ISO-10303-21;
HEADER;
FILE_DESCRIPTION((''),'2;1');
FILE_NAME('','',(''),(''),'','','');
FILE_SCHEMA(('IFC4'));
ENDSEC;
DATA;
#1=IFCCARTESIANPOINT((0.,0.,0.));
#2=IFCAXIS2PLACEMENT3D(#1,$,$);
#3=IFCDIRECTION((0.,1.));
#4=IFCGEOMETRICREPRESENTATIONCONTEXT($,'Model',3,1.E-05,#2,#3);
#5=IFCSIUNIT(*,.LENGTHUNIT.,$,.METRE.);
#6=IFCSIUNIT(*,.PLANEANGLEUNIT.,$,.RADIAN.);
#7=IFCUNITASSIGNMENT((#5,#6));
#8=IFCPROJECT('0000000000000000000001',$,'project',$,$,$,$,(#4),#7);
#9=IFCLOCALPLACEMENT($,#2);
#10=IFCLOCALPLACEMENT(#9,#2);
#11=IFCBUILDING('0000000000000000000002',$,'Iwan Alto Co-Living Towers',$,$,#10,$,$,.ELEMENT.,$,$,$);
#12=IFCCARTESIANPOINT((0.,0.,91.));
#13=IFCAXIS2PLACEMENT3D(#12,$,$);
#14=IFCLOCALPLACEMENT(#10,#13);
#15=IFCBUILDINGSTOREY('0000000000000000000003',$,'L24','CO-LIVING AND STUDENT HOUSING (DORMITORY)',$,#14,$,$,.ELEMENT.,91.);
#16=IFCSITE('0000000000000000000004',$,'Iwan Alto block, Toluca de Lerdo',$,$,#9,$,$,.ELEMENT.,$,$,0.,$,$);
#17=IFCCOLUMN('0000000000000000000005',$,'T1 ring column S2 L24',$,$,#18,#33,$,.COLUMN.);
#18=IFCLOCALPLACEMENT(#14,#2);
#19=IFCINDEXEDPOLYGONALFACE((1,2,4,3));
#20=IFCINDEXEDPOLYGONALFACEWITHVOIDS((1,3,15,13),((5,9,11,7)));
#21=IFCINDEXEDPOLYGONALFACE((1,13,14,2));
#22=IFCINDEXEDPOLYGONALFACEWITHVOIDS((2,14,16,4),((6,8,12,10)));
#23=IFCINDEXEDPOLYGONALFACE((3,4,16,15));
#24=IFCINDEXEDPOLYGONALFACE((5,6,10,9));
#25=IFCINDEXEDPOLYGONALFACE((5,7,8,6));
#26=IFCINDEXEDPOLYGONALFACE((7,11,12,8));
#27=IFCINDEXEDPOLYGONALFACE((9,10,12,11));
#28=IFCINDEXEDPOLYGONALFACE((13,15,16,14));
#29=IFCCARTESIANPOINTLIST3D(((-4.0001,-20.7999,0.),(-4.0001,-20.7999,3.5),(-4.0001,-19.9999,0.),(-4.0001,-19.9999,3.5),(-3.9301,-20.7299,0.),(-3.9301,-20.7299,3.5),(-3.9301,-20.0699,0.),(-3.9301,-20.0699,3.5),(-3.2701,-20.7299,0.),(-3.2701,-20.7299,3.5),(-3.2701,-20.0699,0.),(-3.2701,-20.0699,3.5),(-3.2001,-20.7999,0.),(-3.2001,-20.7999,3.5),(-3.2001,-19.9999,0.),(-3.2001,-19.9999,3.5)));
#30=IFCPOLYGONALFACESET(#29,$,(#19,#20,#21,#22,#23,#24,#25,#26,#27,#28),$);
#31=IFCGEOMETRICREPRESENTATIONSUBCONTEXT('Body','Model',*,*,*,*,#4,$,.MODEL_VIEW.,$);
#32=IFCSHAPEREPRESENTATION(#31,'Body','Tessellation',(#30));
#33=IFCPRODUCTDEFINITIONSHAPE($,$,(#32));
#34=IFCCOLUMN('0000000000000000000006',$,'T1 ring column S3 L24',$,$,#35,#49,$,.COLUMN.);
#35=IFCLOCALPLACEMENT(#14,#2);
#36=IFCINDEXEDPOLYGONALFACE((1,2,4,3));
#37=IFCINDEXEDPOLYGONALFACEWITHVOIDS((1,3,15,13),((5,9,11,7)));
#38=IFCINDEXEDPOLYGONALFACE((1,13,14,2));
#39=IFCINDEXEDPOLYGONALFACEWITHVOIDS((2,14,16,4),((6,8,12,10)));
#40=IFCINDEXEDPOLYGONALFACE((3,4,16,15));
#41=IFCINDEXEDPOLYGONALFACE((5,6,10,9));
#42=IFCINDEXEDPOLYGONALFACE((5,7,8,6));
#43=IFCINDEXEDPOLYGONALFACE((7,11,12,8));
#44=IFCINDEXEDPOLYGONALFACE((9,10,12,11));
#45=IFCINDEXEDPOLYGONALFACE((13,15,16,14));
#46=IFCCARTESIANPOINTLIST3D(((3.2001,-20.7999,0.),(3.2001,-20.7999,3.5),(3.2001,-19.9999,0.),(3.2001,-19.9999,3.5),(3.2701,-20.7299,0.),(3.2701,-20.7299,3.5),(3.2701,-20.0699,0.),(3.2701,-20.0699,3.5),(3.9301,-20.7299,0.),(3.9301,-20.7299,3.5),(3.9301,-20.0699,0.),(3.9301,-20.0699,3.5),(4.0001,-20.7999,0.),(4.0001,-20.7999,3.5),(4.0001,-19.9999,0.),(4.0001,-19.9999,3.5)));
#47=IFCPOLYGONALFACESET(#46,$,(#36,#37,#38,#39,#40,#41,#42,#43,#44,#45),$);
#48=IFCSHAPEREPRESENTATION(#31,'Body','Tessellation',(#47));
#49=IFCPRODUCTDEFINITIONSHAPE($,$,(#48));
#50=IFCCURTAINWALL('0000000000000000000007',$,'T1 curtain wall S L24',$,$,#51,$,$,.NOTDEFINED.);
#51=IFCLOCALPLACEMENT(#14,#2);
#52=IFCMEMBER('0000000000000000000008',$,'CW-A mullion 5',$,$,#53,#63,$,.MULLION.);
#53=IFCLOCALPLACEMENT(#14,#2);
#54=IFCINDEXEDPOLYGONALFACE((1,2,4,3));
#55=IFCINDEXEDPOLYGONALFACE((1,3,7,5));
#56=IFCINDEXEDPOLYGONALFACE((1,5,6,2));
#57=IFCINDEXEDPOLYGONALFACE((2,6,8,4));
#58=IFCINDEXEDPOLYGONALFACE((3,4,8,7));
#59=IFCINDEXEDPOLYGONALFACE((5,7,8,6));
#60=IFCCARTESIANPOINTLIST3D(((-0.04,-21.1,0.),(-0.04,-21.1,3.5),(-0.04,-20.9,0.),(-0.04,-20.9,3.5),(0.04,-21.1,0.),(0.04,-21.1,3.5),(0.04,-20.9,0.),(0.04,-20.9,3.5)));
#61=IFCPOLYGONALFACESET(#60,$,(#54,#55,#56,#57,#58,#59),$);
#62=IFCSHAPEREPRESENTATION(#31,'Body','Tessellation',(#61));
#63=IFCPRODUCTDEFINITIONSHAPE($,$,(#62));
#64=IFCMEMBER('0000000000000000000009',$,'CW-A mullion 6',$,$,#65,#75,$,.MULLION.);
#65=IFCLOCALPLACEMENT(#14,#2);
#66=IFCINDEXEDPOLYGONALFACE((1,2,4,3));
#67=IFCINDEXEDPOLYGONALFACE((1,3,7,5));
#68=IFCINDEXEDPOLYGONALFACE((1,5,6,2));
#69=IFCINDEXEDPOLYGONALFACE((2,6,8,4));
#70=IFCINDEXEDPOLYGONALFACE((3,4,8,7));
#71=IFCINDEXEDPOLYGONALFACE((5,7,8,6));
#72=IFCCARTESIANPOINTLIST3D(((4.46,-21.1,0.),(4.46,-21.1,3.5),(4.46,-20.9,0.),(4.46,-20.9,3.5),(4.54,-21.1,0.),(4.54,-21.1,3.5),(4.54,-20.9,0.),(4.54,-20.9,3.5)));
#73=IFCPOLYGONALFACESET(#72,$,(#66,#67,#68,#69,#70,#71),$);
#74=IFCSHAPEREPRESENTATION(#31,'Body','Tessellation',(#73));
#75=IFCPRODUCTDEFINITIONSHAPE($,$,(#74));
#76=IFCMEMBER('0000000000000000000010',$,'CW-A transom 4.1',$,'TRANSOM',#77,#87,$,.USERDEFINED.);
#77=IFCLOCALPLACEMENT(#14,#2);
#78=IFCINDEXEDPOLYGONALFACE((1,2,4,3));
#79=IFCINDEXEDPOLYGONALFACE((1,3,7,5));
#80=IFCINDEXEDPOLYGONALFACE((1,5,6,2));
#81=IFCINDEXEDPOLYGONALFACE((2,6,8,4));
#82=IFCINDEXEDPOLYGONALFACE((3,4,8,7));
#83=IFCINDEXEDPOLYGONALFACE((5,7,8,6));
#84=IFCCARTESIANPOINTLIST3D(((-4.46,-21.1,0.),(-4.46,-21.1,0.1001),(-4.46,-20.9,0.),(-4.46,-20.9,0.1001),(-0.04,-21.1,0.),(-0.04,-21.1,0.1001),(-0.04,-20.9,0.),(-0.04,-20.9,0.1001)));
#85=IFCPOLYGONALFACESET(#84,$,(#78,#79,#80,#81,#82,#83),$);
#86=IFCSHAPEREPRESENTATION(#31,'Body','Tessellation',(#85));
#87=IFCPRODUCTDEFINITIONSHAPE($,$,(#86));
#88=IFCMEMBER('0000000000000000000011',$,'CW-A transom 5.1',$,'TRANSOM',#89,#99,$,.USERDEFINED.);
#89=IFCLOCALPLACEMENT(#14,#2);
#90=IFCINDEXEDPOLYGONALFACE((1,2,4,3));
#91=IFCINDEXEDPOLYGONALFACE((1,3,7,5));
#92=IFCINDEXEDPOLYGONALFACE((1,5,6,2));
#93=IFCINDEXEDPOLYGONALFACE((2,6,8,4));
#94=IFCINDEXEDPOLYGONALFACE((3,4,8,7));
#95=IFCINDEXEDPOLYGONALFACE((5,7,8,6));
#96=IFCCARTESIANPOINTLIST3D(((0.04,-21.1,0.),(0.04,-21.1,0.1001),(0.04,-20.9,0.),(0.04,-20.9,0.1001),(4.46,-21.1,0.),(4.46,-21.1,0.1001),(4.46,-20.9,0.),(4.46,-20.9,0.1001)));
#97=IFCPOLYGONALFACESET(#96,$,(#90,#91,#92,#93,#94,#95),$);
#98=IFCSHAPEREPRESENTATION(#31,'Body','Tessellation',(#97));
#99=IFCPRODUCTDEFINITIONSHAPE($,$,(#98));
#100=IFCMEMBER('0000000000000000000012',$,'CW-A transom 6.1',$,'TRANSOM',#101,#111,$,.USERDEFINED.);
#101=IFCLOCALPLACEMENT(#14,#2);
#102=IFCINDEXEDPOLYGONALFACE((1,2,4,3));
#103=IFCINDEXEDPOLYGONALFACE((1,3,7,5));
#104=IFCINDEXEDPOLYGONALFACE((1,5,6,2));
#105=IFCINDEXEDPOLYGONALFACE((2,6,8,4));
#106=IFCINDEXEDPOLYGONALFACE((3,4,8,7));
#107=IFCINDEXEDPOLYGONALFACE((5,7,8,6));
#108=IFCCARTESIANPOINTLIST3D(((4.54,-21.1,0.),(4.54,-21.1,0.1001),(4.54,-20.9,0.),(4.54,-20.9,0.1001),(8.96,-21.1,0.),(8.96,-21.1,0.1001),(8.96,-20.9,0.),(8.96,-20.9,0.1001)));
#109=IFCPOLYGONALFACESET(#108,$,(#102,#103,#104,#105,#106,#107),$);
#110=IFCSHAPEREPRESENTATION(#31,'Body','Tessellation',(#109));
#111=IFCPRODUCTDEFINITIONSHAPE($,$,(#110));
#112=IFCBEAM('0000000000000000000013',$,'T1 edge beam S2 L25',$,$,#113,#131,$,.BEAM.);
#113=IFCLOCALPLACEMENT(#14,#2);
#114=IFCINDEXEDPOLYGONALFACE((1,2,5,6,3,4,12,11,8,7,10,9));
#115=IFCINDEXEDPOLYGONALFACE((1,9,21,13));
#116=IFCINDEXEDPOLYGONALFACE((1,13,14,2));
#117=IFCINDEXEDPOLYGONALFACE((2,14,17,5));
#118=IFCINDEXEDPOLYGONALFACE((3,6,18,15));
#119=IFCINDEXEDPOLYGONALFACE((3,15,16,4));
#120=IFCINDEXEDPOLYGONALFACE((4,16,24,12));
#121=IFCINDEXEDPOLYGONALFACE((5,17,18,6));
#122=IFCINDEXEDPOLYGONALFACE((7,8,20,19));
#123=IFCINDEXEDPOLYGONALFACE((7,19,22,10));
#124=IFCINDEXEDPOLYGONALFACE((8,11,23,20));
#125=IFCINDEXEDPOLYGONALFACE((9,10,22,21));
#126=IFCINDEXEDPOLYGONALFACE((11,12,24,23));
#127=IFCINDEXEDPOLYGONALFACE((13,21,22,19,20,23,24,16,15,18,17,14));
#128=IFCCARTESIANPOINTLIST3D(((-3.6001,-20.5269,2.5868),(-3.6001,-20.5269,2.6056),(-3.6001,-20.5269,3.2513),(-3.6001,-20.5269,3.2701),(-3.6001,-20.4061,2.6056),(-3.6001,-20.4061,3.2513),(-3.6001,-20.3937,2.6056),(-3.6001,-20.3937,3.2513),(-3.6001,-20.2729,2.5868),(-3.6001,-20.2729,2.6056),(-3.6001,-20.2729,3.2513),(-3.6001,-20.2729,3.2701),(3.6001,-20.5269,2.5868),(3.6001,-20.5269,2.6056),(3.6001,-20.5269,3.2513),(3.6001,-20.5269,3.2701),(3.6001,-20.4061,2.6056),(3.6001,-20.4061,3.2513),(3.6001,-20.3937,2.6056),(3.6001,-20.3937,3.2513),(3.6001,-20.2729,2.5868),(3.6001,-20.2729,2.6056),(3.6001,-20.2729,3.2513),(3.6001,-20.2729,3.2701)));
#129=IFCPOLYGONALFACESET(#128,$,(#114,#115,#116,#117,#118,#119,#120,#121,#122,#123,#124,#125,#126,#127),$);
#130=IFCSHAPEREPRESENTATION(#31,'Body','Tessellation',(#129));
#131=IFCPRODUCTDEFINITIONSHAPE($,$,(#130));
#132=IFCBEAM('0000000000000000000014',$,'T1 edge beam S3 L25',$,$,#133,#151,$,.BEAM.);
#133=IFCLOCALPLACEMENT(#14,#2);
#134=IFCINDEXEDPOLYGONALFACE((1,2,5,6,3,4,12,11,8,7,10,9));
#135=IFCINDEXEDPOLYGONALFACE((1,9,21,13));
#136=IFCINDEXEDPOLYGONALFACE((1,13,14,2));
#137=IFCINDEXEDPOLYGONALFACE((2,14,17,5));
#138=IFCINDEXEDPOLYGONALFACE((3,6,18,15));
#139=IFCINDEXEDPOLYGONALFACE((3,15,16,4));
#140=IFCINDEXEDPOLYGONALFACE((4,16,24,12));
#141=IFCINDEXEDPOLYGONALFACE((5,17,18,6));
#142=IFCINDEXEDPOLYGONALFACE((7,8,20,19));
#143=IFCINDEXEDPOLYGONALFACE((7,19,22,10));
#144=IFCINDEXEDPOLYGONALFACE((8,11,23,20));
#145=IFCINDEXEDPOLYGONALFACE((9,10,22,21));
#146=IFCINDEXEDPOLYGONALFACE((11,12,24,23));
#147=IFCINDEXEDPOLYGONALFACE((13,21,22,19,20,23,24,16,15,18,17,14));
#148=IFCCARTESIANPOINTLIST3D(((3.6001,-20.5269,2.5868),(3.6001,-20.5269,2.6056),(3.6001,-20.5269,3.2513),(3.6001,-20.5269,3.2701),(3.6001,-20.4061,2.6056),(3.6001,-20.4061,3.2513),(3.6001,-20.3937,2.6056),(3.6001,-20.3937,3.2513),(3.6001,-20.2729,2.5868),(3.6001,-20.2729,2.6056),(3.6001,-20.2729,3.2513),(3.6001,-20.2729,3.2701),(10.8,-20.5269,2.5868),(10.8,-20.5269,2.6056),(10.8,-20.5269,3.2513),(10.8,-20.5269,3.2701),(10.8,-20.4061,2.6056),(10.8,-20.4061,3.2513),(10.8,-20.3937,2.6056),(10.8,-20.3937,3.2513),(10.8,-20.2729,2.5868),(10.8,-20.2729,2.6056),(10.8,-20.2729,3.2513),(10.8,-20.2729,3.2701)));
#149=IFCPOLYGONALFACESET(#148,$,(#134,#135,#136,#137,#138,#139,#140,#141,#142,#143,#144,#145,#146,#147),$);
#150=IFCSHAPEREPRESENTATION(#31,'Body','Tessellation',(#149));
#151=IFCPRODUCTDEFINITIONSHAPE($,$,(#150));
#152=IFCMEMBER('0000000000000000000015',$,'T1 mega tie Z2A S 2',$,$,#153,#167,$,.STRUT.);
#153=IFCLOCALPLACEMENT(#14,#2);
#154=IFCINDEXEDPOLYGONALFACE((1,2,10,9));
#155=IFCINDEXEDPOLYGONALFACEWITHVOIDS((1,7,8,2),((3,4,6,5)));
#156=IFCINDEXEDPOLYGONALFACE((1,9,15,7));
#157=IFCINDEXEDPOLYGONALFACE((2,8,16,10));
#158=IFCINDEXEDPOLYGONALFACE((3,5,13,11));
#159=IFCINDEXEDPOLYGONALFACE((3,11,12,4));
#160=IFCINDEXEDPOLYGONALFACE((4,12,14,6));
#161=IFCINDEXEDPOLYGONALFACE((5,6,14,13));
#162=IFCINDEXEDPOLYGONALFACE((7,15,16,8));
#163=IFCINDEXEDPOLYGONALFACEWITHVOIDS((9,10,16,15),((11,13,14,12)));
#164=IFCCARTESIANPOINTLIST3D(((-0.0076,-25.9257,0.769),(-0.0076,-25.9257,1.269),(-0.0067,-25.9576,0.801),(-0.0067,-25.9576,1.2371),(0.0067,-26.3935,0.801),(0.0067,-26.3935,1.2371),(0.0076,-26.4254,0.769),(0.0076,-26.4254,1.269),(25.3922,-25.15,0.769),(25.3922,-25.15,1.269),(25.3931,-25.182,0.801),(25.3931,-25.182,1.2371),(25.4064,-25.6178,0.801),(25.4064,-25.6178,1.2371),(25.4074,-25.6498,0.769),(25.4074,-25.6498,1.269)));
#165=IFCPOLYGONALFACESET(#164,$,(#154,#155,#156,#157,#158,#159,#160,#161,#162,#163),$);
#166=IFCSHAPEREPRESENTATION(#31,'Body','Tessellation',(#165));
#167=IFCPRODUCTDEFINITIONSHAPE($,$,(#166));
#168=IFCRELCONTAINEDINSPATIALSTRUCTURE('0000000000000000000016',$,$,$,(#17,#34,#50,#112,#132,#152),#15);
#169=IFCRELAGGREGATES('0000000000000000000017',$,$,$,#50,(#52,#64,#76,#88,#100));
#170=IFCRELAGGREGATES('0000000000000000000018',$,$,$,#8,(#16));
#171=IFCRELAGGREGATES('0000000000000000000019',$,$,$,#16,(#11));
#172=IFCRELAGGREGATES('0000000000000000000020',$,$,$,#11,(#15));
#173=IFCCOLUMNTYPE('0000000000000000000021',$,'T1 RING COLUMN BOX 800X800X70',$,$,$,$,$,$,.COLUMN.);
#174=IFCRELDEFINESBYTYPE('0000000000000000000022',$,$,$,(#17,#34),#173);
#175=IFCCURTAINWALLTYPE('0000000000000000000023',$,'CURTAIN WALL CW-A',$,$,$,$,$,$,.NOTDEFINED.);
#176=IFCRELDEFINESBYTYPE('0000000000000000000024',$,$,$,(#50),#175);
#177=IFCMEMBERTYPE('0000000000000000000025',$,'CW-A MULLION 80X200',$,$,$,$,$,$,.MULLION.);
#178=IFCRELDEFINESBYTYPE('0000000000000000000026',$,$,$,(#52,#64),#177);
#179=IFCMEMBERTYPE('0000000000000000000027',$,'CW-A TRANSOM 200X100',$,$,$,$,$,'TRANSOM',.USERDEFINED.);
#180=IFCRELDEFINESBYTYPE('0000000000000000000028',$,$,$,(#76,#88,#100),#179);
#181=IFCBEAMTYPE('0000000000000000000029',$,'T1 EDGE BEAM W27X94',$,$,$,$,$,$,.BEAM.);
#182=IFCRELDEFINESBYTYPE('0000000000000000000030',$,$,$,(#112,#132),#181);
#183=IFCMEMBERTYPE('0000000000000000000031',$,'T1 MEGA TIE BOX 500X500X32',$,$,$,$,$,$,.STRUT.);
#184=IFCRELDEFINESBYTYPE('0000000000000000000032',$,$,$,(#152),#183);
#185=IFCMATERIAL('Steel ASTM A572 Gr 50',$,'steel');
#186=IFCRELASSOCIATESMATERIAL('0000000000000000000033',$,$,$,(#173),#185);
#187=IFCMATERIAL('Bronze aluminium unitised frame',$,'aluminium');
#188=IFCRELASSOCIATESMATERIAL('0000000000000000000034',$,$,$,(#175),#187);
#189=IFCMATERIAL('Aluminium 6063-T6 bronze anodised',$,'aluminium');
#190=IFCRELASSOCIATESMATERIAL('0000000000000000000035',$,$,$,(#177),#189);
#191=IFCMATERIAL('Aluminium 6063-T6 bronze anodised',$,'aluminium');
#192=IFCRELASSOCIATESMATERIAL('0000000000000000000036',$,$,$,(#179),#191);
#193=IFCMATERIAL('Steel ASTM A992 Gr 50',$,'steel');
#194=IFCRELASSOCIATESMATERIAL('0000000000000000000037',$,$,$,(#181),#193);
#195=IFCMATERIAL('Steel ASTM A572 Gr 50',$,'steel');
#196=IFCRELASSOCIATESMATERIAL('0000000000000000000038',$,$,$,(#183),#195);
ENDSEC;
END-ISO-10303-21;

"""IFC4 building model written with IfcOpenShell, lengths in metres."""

from ifc_helpers import new_model, si_unit, direction, frame, origin, origin_2d, place, context, subcontext, project, spatial, rectangle, hollow_rectangle, i_section, extrude, material, material_profile, profile_set, type_object, element, aggregate, save


model = new_model("IFC4")

# Units and contexts
model_context = context("Model", 3, precision=1e-05, world=origin(), true_north=direction((0.0, 1.0)))
body_context = subcontext(model_context, "Body", "Model", "MODEL_VIEW")
ifc_project = project(units=[si_unit("LENGTHUNIT", "METRE"), si_unit("PLANEANGLEUNIT", "RADIAN")], contexts=[model_context])

# Site, building, storey
site_placement = place(None, origin())
site = spatial("IfcSite", under=ifc_project, at=site_placement, Name="Iwan Alto block, Toluca de Lerdo", CompositionType="ELEMENT", RefElevation=0.0)
building_placement = place(site_placement, origin())
building = spatial("IfcBuilding", under=site, at=building_placement, Name="Iwan Alto Co-Living Towers", CompositionType="ELEMENT")
storey_placement = place(building_placement, frame((0.0, 0.0, 91.0)))
storey = spatial("IfcBuildingStorey", under=building, at=storey_placement, Name="L24", Description="CO-LIVING AND STUDENT HOUSING (DORMITORY)", CompositionType="ELEMENT", Elevation=91.0)

# Columns
ifc_material_1 = material(Name="Steel ASTM A572 Gr 50", Category="steel")
ifc_material_profile_1 = material_profile(ifc_material_1, hollow_rectangle(XDim=0.8, YDim=0.8, WallThickness=0.0701, at=origin_2d()), Name="BOX 800X800X70")
ifc_profile_set_1 = profile_set([ifc_material_profile_1], Name="Steel ASTM A572 Gr 50")
column_type = type_object("IfcColumnType", Name="T1 RING COLUMN BOX 800X800X70", PredefinedType="COLUMN", material=ifc_profile_set_1)
for number, where, z_axis, x_axis, name in (
    (1, (-3.6001, -20.3999, 0.0), (0.0, 0.0, 1.0), (1.0, 0.0, 0.0), "T1 ring column S2 L24"),
    (2, (3.6001, -20.3999, 0.0), (0.0, 0.0, 1.0), (1.0, 0.0, 0.0), "T1 ring column S3 L24"),
):
    element("IfcColumn", number, at=place(storey_placement, frame(where, z_axis=z_axis, x_axis=x_axis)), inside=storey, type_object=column_type, Name=name, PredefinedType="COLUMN", context=body_context, shape_type="SweptSolid", body=[
        extrude(hollow_rectangle(XDim=0.8, YDim=0.8, WallThickness=0.0701, at=origin_2d()), origin(), (0.0, 0.0, 1.0), 3.5),
    ])

# Curtain wall, members
ifc_material_2 = material(Name="Bronze aluminium unitised frame", Category="aluminium")
curtain_wall_type = type_object("IfcCurtainWallType", Name="CURTAIN WALL CW-A", PredefinedType="NOTDEFINED", material=ifc_material_2)
curtain_wall_placement = place(storey_placement, origin())
curtain_wall = element("IfcCurtainWall", 3, at=curtain_wall_placement, inside=storey, type_object=curtain_wall_type, Name="T1 curtain wall S L24", PredefinedType="NOTDEFINED")
ifc_material_3 = material(Name="Aluminium 6063-T6 bronze anodised", Category="aluminium")
ifc_material_profile_2 = material_profile(ifc_material_3, rectangle(XDim=0.2, YDim=0.0801, at=origin_2d()), Name="AL 80X200")
ifc_profile_set_2 = profile_set([ifc_material_profile_2], Name="Aluminium 6063-T6 bronze anodised")
member_type_1 = type_object("IfcMemberType", Name="CW-A MULLION 80X200", PredefinedType="MULLION", material=ifc_profile_set_2)
member_1_placement = place(storey_placement, frame((0.0, -21.0, 0.0), z_axis=(0.0, 0.0, 1.0), x_axis=(0.0, 1.0, 0.0)))
member_1 = element("IfcMember", 4, at=member_1_placement, type_object=member_type_1, Name="CW-A mullion 5", PredefinedType="MULLION", context=body_context, shape_type="SweptSolid", body=[
    extrude(rectangle(XDim=0.2, YDim=0.0801, at=origin_2d()), origin(), (0.0, 0.0, 1.0), 3.5),
])
member_2_placement = place(storey_placement, frame((4.5, -21.0, 0.0), z_axis=(0.0, 0.0, 1.0), x_axis=(0.0, 1.0, 0.0)))
member_2 = element("IfcMember", 5, at=member_2_placement, type_object=member_type_1, Name="CW-A mullion 6", PredefinedType="MULLION", context=body_context, shape_type="SweptSolid", body=[
    extrude(rectangle(XDim=0.2, YDim=0.0801, at=origin_2d()), origin(), (0.0, 0.0, 1.0), 3.5),
])
ifc_material_4 = material(Name="Aluminium 6063-T6 bronze anodised", Category="aluminium")
ifc_material_profile_3 = material_profile(ifc_material_4, rectangle(XDim=0.2, YDim=0.1001, at=origin_2d()), Name="AL 200X100")
ifc_profile_set_3 = profile_set([ifc_material_profile_3], Name="Aluminium 6063-T6 bronze anodised")
member_type_2 = type_object("IfcMemberType", Name="CW-A TRANSOM 200X100", ElementType="TRANSOM", PredefinedType="USERDEFINED", material=ifc_profile_set_3)
member_3_placement = place(storey_placement, frame((-4.46, -21.0, 0.05), z_axis=(1.0, 0.0, 0.0), x_axis=(0.0, 1.0, 0.0)))
member_3 = element("IfcMember", 6, at=member_3_placement, type_object=member_type_2, Name="CW-A transom 4.1", ObjectType="TRANSOM", PredefinedType="USERDEFINED", context=body_context, shape_type="SweptSolid", body=[
    extrude(rectangle(XDim=0.2, YDim=0.1001, at=origin_2d()), origin(), (0.0, 0.0, 1.0), 4.4199),
])
member_4_placement = place(storey_placement, frame((0.04, -21.0, 0.05), z_axis=(1.0, 0.0, 0.0), x_axis=(0.0, 1.0, 0.0)))
member_4 = element("IfcMember", 7, at=member_4_placement, type_object=member_type_2, Name="CW-A transom 5.1", ObjectType="TRANSOM", PredefinedType="USERDEFINED", context=body_context, shape_type="SweptSolid", body=[
    extrude(rectangle(XDim=0.2, YDim=0.1001, at=origin_2d()), origin(), (0.0, 0.0, 1.0), 4.4199),
])
member_5_placement = place(storey_placement, frame((4.54, -21.0, 0.05), z_axis=(1.0, 0.0, 0.0), x_axis=(0.0, 1.0, 0.0)))
member_5 = element("IfcMember", 8, at=member_5_placement, type_object=member_type_2, Name="CW-A transom 6.1", ObjectType="TRANSOM", PredefinedType="USERDEFINED", context=body_context, shape_type="SweptSolid", body=[
    extrude(rectangle(XDim=0.2, YDim=0.1001, at=origin_2d()), origin(), (0.0, 0.0, 1.0), 4.4199),
])

# Beams
ifc_material_5 = material(Name="Steel ASTM A992 Gr 50", Category="steel")
ifc_material_profile_4 = material_profile(ifc_material_5, i_section(OverallWidth=0.2539, OverallDepth=0.6833, WebThickness=0.0125, FlangeThickness=0.0188, at=origin_2d()), Name="W27X94")
ifc_profile_set_4 = profile_set([ifc_material_profile_4], Name="Steel ASTM A992 Gr 50")
beam_type_1 = type_object("IfcBeamType", Name="T1 EDGE BEAM W27X94", PredefinedType="BEAM", material=ifc_profile_set_4)
beam_1_placement = place(storey_placement, frame((-3.6001, -20.3999, 2.9285), z_axis=(1.0, 0.0, 0.0), x_axis=(0.0, 1.0, 0.0)))
element("IfcBeam", 9, at=beam_1_placement, inside=storey, type_object=beam_type_1, Name="T1 edge beam S2 L25", PredefinedType="BEAM", context=body_context, shape_type="SweptSolid", body=[
    extrude(i_section(OverallWidth=0.2539, OverallDepth=0.6833, WebThickness=0.0125, FlangeThickness=0.0188, at=origin_2d()), origin(), (0.0, 0.0, 1.0), 7.2002),
])
beam_2_placement = place(storey_placement, frame((3.6001, -20.3999, 2.9285), z_axis=(1.0, 0.0, 0.0), x_axis=(0.0, 1.0, 0.0)))
element("IfcBeam", 10, at=beam_2_placement, inside=storey, type_object=beam_type_1, Name="T1 edge beam S3 L25", PredefinedType="BEAM", context=body_context, shape_type="SweptSolid", body=[
    extrude(i_section(OverallWidth=0.2539, OverallDepth=0.6833, WebThickness=0.0125, FlangeThickness=0.0188, at=origin_2d()), origin(), (0.0, 0.0, 1.0), 7.2),
])

# Member
ifc_material_6 = material(Name="Steel ASTM A572 Gr 50", Category="steel")
ifc_material_profile_5 = material_profile(ifc_material_6, hollow_rectangle(XDim=0.5, YDim=0.5, WallThickness=0.032, at=origin_2d()), Name="BOX 500X500X32")
ifc_profile_set_5 = profile_set([ifc_material_profile_5], Name="Steel ASTM A572 Gr 50")
member_type_3 = type_object("IfcMemberType", Name="T1 MEGA TIE BOX 500X500X32", PredefinedType="STRUT", material=ifc_profile_set_5)
member_6_placement = place(storey_placement, frame((0.0, -26.1755, 1.019), z_axis=(0.999534, 0.030523, 0.0), x_axis=(-0.030523, 0.999534, 0.0)))
element("IfcMember", 11, at=member_6_placement, inside=storey, type_object=member_type_3, Name="T1 mega tie Z2A S 2", PredefinedType="STRUT", context=body_context, shape_type="SweptSolid", body=[
    extrude(hollow_rectangle(XDim=0.5, YDim=0.5, WallThickness=0.032, at=origin_2d()), origin(), (0.0, 0.0, 1.0), 25.4116),
])

aggregate(curtain_wall, [member_1, member_2, member_3, member_4, member_5])

save(model, "model.ifc")
